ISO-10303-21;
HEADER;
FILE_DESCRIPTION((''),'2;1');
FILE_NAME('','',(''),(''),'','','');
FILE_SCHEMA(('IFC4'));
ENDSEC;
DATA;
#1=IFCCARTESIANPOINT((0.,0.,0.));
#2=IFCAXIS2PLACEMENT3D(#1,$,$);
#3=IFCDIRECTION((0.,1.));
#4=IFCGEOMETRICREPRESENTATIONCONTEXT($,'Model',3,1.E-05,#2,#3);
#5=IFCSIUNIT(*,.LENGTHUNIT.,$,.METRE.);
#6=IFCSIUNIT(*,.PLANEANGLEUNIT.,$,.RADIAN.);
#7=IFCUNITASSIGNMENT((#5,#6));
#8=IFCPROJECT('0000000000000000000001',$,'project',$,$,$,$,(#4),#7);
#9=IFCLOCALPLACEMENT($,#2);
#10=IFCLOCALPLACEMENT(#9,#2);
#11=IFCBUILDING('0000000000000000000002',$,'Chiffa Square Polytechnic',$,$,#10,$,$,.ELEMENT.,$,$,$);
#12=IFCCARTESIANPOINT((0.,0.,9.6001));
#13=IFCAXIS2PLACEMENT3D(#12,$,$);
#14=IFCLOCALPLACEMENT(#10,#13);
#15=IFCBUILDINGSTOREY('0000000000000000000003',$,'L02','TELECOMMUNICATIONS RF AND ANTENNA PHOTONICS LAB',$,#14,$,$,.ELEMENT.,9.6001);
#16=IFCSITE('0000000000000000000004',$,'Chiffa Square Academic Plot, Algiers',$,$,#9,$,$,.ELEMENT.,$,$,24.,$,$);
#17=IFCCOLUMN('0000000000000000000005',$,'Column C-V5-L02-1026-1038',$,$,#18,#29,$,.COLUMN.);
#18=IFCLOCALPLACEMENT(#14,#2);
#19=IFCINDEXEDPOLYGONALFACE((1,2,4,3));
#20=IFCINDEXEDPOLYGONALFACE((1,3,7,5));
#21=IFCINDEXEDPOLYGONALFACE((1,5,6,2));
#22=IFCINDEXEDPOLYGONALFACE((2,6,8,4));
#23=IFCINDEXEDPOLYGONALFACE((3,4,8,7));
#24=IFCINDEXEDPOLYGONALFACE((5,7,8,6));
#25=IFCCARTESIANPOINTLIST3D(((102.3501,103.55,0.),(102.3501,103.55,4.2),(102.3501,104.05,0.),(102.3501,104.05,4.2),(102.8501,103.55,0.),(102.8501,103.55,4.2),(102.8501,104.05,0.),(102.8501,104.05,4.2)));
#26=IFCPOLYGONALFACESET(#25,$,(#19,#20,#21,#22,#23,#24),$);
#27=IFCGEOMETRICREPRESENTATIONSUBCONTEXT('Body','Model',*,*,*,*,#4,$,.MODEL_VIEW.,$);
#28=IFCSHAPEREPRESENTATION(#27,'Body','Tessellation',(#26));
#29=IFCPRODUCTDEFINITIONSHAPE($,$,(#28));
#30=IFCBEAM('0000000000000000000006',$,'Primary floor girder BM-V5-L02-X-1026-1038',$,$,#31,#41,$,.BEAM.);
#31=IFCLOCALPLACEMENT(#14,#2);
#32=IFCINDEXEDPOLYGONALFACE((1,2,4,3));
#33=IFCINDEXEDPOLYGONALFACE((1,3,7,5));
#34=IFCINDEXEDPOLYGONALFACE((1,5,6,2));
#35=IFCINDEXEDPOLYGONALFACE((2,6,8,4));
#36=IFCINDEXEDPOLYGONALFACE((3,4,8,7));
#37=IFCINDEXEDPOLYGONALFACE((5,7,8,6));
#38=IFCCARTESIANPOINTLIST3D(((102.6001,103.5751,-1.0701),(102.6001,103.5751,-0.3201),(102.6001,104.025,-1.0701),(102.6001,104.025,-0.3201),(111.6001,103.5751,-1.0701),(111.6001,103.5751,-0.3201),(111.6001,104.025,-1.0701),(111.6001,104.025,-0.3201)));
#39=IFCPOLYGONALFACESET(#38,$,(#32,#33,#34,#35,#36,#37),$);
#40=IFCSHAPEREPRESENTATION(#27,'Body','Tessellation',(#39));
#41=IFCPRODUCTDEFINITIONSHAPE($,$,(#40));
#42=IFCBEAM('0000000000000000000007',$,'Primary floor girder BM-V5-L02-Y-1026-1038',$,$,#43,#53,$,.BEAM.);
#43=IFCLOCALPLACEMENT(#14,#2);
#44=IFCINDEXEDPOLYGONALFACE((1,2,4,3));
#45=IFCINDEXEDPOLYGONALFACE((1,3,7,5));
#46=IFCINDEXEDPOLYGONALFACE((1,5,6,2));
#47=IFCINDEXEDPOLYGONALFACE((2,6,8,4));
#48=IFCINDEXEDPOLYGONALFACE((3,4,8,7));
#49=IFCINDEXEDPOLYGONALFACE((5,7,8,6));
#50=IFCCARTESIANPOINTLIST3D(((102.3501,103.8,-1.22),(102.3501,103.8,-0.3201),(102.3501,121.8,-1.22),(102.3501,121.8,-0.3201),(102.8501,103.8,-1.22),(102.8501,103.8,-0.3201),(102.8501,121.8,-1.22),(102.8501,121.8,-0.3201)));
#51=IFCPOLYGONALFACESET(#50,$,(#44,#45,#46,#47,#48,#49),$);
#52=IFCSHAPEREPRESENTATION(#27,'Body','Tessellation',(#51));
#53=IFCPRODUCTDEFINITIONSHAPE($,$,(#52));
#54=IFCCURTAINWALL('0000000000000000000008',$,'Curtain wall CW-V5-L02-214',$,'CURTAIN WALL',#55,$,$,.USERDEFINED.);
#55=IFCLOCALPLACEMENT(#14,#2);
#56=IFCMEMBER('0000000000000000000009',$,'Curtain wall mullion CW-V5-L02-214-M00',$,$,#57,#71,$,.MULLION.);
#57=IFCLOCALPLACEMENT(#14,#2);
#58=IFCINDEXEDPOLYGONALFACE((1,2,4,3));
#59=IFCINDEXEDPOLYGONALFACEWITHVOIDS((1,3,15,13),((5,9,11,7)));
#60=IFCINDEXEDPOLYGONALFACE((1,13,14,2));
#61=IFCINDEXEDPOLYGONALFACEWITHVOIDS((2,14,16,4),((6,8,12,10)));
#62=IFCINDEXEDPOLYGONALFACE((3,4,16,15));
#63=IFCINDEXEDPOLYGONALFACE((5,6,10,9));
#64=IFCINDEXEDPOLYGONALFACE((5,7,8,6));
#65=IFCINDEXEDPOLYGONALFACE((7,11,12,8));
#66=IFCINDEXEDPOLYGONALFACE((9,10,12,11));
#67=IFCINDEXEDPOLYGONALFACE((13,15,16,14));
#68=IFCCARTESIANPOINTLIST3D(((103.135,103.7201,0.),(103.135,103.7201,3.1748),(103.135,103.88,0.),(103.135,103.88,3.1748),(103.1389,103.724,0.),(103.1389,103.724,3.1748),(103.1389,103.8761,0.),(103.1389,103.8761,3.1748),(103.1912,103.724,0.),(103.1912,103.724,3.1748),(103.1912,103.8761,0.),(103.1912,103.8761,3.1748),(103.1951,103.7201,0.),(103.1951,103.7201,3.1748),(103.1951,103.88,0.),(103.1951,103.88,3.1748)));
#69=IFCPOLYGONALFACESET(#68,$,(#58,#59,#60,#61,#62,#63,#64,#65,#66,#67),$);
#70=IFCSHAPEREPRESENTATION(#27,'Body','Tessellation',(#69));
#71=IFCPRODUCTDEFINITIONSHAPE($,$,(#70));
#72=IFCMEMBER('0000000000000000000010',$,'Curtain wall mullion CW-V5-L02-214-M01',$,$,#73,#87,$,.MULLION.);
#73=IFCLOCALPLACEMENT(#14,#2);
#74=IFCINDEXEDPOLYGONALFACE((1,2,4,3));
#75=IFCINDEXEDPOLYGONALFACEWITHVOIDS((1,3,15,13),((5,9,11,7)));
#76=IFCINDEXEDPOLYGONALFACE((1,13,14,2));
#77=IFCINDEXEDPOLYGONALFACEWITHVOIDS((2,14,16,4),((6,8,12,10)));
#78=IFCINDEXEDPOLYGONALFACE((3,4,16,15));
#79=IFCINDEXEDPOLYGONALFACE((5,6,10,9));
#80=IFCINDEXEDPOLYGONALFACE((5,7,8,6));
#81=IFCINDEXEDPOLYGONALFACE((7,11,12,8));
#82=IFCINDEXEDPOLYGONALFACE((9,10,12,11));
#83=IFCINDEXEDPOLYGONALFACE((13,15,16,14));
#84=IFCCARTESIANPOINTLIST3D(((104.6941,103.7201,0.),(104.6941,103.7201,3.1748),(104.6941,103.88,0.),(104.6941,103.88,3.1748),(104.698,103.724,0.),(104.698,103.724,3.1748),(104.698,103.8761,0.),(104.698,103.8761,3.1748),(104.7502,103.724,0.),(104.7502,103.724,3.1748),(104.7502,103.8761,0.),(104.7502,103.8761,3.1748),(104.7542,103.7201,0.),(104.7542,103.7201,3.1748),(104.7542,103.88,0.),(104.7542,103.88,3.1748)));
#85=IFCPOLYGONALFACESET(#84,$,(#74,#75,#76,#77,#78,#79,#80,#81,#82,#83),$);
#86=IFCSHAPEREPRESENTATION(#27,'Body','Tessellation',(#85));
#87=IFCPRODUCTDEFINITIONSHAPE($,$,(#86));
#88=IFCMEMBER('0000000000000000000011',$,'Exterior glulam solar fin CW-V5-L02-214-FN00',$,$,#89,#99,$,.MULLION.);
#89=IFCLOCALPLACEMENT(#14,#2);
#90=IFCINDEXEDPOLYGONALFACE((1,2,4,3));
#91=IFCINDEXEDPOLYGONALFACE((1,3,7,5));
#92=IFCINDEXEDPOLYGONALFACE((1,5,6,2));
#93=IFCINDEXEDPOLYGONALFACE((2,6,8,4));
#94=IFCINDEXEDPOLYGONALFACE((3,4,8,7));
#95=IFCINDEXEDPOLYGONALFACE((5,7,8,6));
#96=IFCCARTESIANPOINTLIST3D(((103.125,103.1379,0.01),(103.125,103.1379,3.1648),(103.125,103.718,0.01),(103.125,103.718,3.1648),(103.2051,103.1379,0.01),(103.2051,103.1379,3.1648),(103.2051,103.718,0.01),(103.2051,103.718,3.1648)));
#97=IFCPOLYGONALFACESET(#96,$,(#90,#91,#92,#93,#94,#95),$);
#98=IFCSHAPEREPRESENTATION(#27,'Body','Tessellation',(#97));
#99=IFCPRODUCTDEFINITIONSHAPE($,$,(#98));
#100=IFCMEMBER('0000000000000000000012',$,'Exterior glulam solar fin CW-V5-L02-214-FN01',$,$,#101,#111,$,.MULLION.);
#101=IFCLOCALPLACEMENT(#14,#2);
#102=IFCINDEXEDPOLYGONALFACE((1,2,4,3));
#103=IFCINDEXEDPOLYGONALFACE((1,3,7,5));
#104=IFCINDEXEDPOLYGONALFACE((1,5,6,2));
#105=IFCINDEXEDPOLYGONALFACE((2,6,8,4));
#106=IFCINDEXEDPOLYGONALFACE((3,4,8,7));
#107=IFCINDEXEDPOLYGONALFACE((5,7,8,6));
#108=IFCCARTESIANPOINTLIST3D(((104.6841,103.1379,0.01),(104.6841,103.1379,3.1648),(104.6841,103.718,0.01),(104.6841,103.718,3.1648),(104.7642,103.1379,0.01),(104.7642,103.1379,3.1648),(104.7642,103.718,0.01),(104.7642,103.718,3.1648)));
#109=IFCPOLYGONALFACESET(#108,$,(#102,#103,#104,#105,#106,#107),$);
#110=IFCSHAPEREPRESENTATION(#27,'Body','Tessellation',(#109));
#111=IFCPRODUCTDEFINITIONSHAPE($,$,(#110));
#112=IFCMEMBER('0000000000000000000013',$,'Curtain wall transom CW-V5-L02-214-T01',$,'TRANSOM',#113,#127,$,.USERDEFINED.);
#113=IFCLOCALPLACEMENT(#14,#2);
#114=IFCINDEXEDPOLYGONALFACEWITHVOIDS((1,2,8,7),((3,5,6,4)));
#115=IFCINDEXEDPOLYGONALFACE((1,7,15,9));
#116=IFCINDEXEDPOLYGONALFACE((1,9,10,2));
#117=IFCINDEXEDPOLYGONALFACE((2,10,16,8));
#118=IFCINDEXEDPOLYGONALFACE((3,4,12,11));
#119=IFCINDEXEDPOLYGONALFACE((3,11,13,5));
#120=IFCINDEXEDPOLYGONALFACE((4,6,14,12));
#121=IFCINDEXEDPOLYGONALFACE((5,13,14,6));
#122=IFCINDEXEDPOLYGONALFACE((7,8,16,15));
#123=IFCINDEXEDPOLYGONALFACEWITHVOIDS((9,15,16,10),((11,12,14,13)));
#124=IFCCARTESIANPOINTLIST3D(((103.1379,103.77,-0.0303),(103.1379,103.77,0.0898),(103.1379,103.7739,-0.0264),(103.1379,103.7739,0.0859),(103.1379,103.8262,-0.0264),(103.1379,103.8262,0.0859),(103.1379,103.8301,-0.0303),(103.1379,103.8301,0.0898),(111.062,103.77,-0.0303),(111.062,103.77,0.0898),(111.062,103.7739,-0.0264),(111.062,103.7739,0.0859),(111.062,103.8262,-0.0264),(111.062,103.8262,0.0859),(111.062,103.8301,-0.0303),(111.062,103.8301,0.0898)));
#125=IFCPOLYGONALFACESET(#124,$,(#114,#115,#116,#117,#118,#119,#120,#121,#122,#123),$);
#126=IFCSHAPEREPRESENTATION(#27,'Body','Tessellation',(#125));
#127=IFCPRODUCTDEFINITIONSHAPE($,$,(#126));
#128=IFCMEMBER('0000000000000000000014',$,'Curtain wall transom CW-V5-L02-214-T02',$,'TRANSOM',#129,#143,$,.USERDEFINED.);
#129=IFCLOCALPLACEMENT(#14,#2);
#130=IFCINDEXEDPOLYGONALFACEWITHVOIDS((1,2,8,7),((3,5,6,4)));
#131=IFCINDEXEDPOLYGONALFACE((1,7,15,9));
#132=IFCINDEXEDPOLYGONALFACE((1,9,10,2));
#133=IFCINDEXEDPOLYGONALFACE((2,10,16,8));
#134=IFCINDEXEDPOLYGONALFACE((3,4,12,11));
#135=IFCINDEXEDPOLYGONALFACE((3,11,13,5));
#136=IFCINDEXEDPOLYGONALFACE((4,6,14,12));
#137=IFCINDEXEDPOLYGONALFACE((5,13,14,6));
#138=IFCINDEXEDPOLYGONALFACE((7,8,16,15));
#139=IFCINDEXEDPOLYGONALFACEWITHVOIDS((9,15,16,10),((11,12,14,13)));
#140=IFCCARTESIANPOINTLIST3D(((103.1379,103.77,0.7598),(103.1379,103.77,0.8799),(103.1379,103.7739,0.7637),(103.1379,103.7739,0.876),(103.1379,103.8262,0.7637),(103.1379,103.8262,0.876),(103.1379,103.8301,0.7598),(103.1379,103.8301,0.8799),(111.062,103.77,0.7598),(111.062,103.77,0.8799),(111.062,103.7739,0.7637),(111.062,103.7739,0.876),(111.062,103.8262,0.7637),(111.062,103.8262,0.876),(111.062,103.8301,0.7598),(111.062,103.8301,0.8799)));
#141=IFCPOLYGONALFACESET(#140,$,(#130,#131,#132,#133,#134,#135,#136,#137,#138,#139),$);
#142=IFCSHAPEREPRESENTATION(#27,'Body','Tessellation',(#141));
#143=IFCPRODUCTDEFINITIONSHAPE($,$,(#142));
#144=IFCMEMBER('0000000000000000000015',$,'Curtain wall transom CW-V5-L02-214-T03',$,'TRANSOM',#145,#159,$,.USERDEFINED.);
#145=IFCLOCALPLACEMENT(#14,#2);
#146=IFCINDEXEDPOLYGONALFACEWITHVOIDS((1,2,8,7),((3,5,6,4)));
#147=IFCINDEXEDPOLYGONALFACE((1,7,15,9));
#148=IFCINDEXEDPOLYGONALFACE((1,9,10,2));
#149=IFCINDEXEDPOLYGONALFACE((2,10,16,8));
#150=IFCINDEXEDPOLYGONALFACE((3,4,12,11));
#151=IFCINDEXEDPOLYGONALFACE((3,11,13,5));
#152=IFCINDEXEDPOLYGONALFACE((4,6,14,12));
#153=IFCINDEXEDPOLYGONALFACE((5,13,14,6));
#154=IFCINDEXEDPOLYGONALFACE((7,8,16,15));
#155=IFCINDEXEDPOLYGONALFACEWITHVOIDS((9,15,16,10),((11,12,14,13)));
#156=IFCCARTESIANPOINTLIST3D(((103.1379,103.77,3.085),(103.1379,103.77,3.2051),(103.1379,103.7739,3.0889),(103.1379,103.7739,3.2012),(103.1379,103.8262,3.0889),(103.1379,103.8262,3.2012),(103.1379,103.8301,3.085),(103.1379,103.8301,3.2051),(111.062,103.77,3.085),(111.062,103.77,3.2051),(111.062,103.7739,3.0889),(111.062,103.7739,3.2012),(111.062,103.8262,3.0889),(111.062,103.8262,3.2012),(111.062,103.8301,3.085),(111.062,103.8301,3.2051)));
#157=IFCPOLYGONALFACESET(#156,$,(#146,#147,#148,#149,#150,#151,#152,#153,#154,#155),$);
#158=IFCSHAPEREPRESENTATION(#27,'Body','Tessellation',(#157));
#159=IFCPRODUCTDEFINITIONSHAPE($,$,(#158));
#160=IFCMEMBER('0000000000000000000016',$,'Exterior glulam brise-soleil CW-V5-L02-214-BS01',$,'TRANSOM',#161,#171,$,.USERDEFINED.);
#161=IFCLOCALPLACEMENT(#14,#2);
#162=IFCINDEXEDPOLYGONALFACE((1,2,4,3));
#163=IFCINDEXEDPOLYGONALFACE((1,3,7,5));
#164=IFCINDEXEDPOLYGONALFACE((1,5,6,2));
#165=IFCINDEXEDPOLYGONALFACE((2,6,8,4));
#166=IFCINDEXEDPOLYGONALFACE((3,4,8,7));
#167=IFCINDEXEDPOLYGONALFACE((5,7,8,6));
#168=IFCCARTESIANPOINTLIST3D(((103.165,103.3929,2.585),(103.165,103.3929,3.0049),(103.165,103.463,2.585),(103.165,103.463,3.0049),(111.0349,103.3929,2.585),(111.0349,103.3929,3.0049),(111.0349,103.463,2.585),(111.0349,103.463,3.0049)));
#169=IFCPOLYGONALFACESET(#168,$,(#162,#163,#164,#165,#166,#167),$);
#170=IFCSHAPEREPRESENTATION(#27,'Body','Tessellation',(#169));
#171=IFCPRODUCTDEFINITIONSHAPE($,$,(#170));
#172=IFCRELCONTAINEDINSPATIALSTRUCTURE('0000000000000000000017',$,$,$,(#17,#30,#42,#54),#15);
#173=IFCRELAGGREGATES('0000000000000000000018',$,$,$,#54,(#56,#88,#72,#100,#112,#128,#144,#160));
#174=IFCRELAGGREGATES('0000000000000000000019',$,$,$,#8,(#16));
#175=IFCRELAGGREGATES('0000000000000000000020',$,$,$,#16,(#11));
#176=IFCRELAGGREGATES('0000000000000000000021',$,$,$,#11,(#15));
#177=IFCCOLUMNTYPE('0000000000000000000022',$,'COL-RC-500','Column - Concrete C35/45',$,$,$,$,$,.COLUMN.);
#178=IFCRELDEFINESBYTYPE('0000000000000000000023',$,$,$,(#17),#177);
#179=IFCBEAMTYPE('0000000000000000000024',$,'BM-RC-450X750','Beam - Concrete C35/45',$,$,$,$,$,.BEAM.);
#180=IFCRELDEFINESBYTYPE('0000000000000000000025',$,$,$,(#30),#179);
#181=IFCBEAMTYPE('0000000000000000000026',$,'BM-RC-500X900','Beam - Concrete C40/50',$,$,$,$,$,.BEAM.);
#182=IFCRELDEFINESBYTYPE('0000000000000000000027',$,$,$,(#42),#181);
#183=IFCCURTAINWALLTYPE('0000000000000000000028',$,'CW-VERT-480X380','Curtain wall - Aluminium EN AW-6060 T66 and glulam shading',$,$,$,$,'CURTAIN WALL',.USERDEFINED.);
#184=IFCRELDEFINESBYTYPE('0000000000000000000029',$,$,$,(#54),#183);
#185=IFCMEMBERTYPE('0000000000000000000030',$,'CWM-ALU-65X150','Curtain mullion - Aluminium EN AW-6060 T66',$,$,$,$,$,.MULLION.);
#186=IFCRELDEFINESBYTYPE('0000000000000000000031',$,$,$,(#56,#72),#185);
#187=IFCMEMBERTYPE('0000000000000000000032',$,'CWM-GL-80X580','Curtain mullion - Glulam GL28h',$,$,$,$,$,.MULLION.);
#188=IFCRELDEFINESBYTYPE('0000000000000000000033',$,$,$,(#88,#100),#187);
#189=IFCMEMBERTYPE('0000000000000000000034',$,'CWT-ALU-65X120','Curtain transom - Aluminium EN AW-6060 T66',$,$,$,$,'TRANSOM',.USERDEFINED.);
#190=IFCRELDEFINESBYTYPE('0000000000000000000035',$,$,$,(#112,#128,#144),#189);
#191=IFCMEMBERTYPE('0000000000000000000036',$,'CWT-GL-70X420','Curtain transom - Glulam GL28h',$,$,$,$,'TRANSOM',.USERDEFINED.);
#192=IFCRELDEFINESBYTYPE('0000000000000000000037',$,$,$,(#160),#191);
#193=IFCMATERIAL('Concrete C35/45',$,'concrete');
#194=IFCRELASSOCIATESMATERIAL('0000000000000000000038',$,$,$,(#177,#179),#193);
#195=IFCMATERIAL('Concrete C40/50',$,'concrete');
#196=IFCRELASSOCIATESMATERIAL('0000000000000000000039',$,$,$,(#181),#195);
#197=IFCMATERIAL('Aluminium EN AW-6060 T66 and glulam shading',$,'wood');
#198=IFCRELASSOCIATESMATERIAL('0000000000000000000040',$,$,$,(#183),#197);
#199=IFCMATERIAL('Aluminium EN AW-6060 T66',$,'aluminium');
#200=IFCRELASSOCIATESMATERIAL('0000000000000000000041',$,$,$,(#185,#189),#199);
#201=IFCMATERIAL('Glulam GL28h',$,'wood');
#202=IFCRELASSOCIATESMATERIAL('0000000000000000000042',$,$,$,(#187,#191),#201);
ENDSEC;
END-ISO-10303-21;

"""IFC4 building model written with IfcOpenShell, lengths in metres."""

from ifc_helpers import new_model, si_unit, direction, frame, origin, origin_2d, place, context, subcontext, project, spatial, rectangle, hollow_rectangle, extrude, material, material_profile, profile_set, type_object, element, aggregate, save


model = new_model("IFC4")

# Units and contexts
model_context = context("Model", 3, precision=1e-05, world=origin(), true_north=direction((0.0, 1.0)))
body_context = subcontext(model_context, "Body", "Model", "MODEL_VIEW")
ifc_project = project(units=[si_unit("LENGTHUNIT", "METRE"), si_unit("PLANEANGLEUNIT", "RADIAN")], contexts=[model_context])

# Site, building, storey
site_placement = place(None, origin())
site = spatial("IfcSite", under=ifc_project, at=site_placement, Name="Chiffa Square Academic Plot, Algiers", CompositionType="ELEMENT", RefElevation=24.0)
building_placement = place(site_placement, origin())
building = spatial("IfcBuilding", under=site, at=building_placement, Name="Chiffa Square Polytechnic", CompositionType="ELEMENT")
storey_placement = place(building_placement, frame((0.0, 0.0, 9.6001)))
storey = spatial("IfcBuildingStorey", under=building, at=storey_placement, Name="L02", Description="TELECOMMUNICATIONS RF AND ANTENNA PHOTONICS LAB", CompositionType="ELEMENT", Elevation=9.6001)

# Column
ifc_material_1 = material(Name="Concrete C35/45", Category="concrete")
ifc_material_profile_1 = material_profile(ifc_material_1, rectangle(XDim=0.5, YDim=0.5, at=origin_2d()), Name="RC 500x500")
ifc_profile_set_1 = profile_set([ifc_material_profile_1], Name="Concrete C35/45")
column_type = type_object("IfcColumnType", Name="COL-RC-500", Description="Column - Concrete C35/45", PredefinedType="COLUMN", material=ifc_profile_set_1)
column_placement = place(storey_placement, frame((102.6001, 103.8, 0.0), z_axis=(0.0, 0.0, 1.0), x_axis=(1.0, 0.0, 0.0)))
element("IfcColumn", 1, at=column_placement, inside=storey, type_object=column_type, Name="Column C-V5-L02-1026-1038", PredefinedType="COLUMN", context=body_context, shape_type="SweptSolid", body=[
    extrude(rectangle(XDim=0.5, YDim=0.5, at=origin_2d()), origin(), (0.0, 0.0, 1.0), 4.2),
])

# Beams
ifc_material_profile_2 = material_profile(ifc_material_1, rectangle(XDim=0.45, YDim=0.75, at=origin_2d()), Name="RC 450x750")
ifc_profile_set_2 = profile_set([ifc_material_profile_2], Name="Concrete C35/45")
beam_type_1 = type_object("IfcBeamType", Name="BM-RC-450X750", Description="Beam - Concrete C35/45", PredefinedType="BEAM", material=ifc_profile_set_2)
beam_1_placement = place(storey_placement, frame((102.6001, 103.8, -0.6951), z_axis=(1.0, 0.0, 0.0), x_axis=(0.0, 1.0, 0.0)))
element("IfcBeam", 2, at=beam_1_placement, inside=storey, type_object=beam_type_1, Name="Primary floor girder BM-V5-L02-X-1026-1038", PredefinedType="BEAM", context=body_context, shape_type="SweptSolid", body=[
    extrude(rectangle(XDim=0.45, YDim=0.75, at=origin_2d()), origin(), (0.0, 0.0, 1.0), 9.0),
])
ifc_material_2 = material(Name="Concrete C40/50", Category="concrete")
ifc_material_profile_3 = material_profile(ifc_material_2, rectangle(XDim=0.5, YDim=0.8999, at=origin_2d()), Name="RC 500x900")
ifc_profile_set_3 = profile_set([ifc_material_profile_3], Name="Concrete C40/50")
beam_type_2 = type_object("IfcBeamType", Name="BM-RC-500X900", Description="Beam - Concrete C40/50", PredefinedType="BEAM", material=ifc_profile_set_3)
beam_2_placement = place(storey_placement, frame((102.6001, 103.8, -0.77), z_axis=(0.0, 1.0, 0.0), x_axis=(-1.0, 0.0, 0.0)))
element("IfcBeam", 3, at=beam_2_placement, inside=storey, type_object=beam_type_2, Name="Primary floor girder BM-V5-L02-Y-1026-1038", PredefinedType="BEAM", context=body_context, shape_type="SweptSolid", body=[
    extrude(rectangle(XDim=0.5, YDim=0.8999, at=origin_2d()), origin(), (0.0, 0.0, 1.0), 18.0),
])

# Curtain wall, members
ifc_material_3 = material(Name="Aluminium EN AW-6060 T66 and glulam shading", Category="wood")
curtain_wall_type = type_object("IfcCurtainWallType", Name="CW-VERT-480X380", Description="Curtain wall - Aluminium EN AW-6060 T66 and glulam shading", ElementType="CURTAIN WALL", PredefinedType="USERDEFINED", material=ifc_material_3)
curtain_wall_placement = place(storey_placement, origin())
curtain_wall = element("IfcCurtainWall", 4, at=curtain_wall_placement, inside=storey, type_object=curtain_wall_type, Name="Curtain wall CW-V5-L02-214", ObjectType="CURTAIN WALL", PredefinedType="USERDEFINED")
ifc_material_4 = material(Name="Aluminium EN AW-6060 T66", Category="aluminium")
ifc_material_profile_4 = material_profile(ifc_material_4, hollow_rectangle(XDim=0.0601, YDim=0.1599, WallThickness=0.0039, at=origin_2d()), Name="ALU 60x160x4")
ifc_profile_set_4 = profile_set([ifc_material_profile_4], Name="Aluminium EN AW-6060 T66")
member_type_1 = type_object("IfcMemberType", Name="CWM-ALU-65X150", Description="Curtain mullion - Aluminium EN AW-6060 T66", PredefinedType="MULLION", material=ifc_profile_set_4)
member_1_placement = place(storey_placement, frame((103.165, 103.8, 0.0), z_axis=(0.0, 0.0, 1.0), x_axis=(1.0, 0.0, 0.0)))
member_1 = element("IfcMember", 5, at=member_1_placement, type_object=member_type_1, Name="Curtain wall mullion CW-V5-L02-214-M00", PredefinedType="MULLION", context=body_context, shape_type="SweptSolid", body=[
    extrude(hollow_rectangle(XDim=0.0601, YDim=0.1599, WallThickness=0.0039, at=origin_2d()), origin(), (0.0, 0.0, 1.0), 3.1748),
])
member_2_placement = place(storey_placement, frame((104.7241, 103.8, 0.0), z_axis=(0.0, 0.0, 1.0), x_axis=(1.0, 0.0, 0.0)))
member_2 = element("IfcMember", 6, at=member_2_placement, type_object=member_type_1, Name="Curtain wall mullion CW-V5-L02-214-M01", PredefinedType="MULLION", context=body_context, shape_type="SweptSolid", body=[
    extrude(hollow_rectangle(XDim=0.0601, YDim=0.1599, WallThickness=0.0039, at=origin_2d()), origin(), (0.0, 0.0, 1.0), 3.1748),
])
ifc_material_5 = material(Name="Glulam GL28h", Category="wood")
ifc_material_profile_5 = material_profile(ifc_material_5, rectangle(XDim=0.0801, YDim=0.5801, at=origin_2d()), Name="GL28h 80x580")
ifc_profile_set_5 = profile_set([ifc_material_profile_5], Name="Glulam GL28h")
member_type_2 = type_object("IfcMemberType", Name="CWM-GL-80X580", Description="Curtain mullion - Glulam GL28h", PredefinedType="MULLION", material=ifc_profile_set_5)
member_3_placement = place(storey_placement, frame((103.165, 103.428, 0.01), z_axis=(0.0, 0.0, 1.0), x_axis=(1.0, 0.0, 0.0)))
member_3 = element("IfcMember", 7, at=member_3_placement, type_object=member_type_2, Name="Exterior glulam solar fin CW-V5-L02-214-FN00", PredefinedType="MULLION", context=body_context, shape_type="SweptSolid", body=[
    extrude(rectangle(XDim=0.0801, YDim=0.5801, at=origin_2d()), origin(), (0.0, 0.0, 1.0), 3.1548),
])
member_4_placement = place(storey_placement, frame((104.7241, 103.428, 0.01), z_axis=(0.0, 0.0, 1.0), x_axis=(1.0, 0.0, 0.0)))
member_4 = element("IfcMember", 8, at=member_4_placement, type_object=member_type_2, Name="Exterior glulam solar fin CW-V5-L02-214-FN01", PredefinedType="MULLION", context=body_context, shape_type="SweptSolid", body=[
    extrude(rectangle(XDim=0.0801, YDim=0.5801, at=origin_2d()), origin(), (0.0, 0.0, 1.0), 3.1548),
])
ifc_material_profile_6 = material_profile(ifc_material_4, hollow_rectangle(XDim=0.0601, YDim=0.1201, WallThickness=0.0039, at=origin_2d()), Name="ALU 60x120x4")
ifc_profile_set_6 = profile_set([ifc_material_profile_6], Name="Aluminium EN AW-6060 T66")
member_type_3 = type_object("IfcMemberType", Name="CWT-ALU-65X120", Description="Curtain transom - Aluminium EN AW-6060 T66", ElementType="TRANSOM", PredefinedType="USERDEFINED", material=ifc_profile_set_6)
member_5_placement = place(storey_placement, frame((103.1379, 103.8, 0.0298), z_axis=(1.0, 0.0, 0.0), x_axis=(0.0, 1.0, 0.0)))
member_5 = element("IfcMember", 9, at=member_5_placement, type_object=member_type_3, Name="Curtain wall transom CW-V5-L02-214-T01", ObjectType="TRANSOM", PredefinedType="USERDEFINED", context=body_context, shape_type="SweptSolid", body=[
    extrude(hollow_rectangle(XDim=0.0601, YDim=0.1201, WallThickness=0.0039, at=origin_2d()), origin(), (0.0, 0.0, 1.0), 7.9241),
])
member_6_placement = place(storey_placement, frame((103.1379, 103.8, 0.8198), z_axis=(1.0, 0.0, 0.0), x_axis=(0.0, 1.0, 0.0)))
member_6 = element("IfcMember", 10, at=member_6_placement, type_object=member_type_3, Name="Curtain wall transom CW-V5-L02-214-T02", ObjectType="TRANSOM", PredefinedType="USERDEFINED", context=body_context, shape_type="SweptSolid", body=[
    extrude(hollow_rectangle(XDim=0.0601, YDim=0.1201, WallThickness=0.0039, at=origin_2d()), origin(), (0.0, 0.0, 1.0), 7.9241),
])
member_7_placement = place(storey_placement, frame((103.1379, 103.8, 3.145), z_axis=(1.0, 0.0, 0.0), x_axis=(0.0, 1.0, 0.0)))
member_7 = element("IfcMember", 11, at=member_7_placement, type_object=member_type_3, Name="Curtain wall transom CW-V5-L02-214-T03", ObjectType="TRANSOM", PredefinedType="USERDEFINED", context=body_context, shape_type="SweptSolid", body=[
    extrude(hollow_rectangle(XDim=0.0601, YDim=0.1201, WallThickness=0.0039, at=origin_2d()), origin(), (0.0, 0.0, 1.0), 7.9241),
])
ifc_material_profile_7 = material_profile(ifc_material_5, rectangle(XDim=0.0701, YDim=0.4199, at=origin_2d()), Name="GL28h 70x420")
ifc_profile_set_7 = profile_set([ifc_material_profile_7], Name="Glulam GL28h")
member_type_4 = type_object("IfcMemberType", Name="CWT-GL-70X420", Description="Curtain transom - Glulam GL28h", ElementType="TRANSOM", PredefinedType="USERDEFINED", material=ifc_profile_set_7)
member_8_placement = place(storey_placement, frame((103.165, 103.428, 2.7949), z_axis=(1.0, 0.0, 0.0), x_axis=(0.0, 1.0, 0.0)))
member_8 = element("IfcMember", 12, at=member_8_placement, type_object=member_type_4, Name="Exterior glulam brise-soleil CW-V5-L02-214-BS01", ObjectType="TRANSOM", PredefinedType="USERDEFINED", context=body_context, shape_type="SweptSolid", body=[
    extrude(rectangle(XDim=0.0701, YDim=0.4199, at=origin_2d()), origin(), (0.0, 0.0, 1.0), 7.8699),
])

aggregate(curtain_wall, [member_1, member_3, member_2, member_4, member_5, member_6, member_7, member_8])

save(model, "model.ifc")
